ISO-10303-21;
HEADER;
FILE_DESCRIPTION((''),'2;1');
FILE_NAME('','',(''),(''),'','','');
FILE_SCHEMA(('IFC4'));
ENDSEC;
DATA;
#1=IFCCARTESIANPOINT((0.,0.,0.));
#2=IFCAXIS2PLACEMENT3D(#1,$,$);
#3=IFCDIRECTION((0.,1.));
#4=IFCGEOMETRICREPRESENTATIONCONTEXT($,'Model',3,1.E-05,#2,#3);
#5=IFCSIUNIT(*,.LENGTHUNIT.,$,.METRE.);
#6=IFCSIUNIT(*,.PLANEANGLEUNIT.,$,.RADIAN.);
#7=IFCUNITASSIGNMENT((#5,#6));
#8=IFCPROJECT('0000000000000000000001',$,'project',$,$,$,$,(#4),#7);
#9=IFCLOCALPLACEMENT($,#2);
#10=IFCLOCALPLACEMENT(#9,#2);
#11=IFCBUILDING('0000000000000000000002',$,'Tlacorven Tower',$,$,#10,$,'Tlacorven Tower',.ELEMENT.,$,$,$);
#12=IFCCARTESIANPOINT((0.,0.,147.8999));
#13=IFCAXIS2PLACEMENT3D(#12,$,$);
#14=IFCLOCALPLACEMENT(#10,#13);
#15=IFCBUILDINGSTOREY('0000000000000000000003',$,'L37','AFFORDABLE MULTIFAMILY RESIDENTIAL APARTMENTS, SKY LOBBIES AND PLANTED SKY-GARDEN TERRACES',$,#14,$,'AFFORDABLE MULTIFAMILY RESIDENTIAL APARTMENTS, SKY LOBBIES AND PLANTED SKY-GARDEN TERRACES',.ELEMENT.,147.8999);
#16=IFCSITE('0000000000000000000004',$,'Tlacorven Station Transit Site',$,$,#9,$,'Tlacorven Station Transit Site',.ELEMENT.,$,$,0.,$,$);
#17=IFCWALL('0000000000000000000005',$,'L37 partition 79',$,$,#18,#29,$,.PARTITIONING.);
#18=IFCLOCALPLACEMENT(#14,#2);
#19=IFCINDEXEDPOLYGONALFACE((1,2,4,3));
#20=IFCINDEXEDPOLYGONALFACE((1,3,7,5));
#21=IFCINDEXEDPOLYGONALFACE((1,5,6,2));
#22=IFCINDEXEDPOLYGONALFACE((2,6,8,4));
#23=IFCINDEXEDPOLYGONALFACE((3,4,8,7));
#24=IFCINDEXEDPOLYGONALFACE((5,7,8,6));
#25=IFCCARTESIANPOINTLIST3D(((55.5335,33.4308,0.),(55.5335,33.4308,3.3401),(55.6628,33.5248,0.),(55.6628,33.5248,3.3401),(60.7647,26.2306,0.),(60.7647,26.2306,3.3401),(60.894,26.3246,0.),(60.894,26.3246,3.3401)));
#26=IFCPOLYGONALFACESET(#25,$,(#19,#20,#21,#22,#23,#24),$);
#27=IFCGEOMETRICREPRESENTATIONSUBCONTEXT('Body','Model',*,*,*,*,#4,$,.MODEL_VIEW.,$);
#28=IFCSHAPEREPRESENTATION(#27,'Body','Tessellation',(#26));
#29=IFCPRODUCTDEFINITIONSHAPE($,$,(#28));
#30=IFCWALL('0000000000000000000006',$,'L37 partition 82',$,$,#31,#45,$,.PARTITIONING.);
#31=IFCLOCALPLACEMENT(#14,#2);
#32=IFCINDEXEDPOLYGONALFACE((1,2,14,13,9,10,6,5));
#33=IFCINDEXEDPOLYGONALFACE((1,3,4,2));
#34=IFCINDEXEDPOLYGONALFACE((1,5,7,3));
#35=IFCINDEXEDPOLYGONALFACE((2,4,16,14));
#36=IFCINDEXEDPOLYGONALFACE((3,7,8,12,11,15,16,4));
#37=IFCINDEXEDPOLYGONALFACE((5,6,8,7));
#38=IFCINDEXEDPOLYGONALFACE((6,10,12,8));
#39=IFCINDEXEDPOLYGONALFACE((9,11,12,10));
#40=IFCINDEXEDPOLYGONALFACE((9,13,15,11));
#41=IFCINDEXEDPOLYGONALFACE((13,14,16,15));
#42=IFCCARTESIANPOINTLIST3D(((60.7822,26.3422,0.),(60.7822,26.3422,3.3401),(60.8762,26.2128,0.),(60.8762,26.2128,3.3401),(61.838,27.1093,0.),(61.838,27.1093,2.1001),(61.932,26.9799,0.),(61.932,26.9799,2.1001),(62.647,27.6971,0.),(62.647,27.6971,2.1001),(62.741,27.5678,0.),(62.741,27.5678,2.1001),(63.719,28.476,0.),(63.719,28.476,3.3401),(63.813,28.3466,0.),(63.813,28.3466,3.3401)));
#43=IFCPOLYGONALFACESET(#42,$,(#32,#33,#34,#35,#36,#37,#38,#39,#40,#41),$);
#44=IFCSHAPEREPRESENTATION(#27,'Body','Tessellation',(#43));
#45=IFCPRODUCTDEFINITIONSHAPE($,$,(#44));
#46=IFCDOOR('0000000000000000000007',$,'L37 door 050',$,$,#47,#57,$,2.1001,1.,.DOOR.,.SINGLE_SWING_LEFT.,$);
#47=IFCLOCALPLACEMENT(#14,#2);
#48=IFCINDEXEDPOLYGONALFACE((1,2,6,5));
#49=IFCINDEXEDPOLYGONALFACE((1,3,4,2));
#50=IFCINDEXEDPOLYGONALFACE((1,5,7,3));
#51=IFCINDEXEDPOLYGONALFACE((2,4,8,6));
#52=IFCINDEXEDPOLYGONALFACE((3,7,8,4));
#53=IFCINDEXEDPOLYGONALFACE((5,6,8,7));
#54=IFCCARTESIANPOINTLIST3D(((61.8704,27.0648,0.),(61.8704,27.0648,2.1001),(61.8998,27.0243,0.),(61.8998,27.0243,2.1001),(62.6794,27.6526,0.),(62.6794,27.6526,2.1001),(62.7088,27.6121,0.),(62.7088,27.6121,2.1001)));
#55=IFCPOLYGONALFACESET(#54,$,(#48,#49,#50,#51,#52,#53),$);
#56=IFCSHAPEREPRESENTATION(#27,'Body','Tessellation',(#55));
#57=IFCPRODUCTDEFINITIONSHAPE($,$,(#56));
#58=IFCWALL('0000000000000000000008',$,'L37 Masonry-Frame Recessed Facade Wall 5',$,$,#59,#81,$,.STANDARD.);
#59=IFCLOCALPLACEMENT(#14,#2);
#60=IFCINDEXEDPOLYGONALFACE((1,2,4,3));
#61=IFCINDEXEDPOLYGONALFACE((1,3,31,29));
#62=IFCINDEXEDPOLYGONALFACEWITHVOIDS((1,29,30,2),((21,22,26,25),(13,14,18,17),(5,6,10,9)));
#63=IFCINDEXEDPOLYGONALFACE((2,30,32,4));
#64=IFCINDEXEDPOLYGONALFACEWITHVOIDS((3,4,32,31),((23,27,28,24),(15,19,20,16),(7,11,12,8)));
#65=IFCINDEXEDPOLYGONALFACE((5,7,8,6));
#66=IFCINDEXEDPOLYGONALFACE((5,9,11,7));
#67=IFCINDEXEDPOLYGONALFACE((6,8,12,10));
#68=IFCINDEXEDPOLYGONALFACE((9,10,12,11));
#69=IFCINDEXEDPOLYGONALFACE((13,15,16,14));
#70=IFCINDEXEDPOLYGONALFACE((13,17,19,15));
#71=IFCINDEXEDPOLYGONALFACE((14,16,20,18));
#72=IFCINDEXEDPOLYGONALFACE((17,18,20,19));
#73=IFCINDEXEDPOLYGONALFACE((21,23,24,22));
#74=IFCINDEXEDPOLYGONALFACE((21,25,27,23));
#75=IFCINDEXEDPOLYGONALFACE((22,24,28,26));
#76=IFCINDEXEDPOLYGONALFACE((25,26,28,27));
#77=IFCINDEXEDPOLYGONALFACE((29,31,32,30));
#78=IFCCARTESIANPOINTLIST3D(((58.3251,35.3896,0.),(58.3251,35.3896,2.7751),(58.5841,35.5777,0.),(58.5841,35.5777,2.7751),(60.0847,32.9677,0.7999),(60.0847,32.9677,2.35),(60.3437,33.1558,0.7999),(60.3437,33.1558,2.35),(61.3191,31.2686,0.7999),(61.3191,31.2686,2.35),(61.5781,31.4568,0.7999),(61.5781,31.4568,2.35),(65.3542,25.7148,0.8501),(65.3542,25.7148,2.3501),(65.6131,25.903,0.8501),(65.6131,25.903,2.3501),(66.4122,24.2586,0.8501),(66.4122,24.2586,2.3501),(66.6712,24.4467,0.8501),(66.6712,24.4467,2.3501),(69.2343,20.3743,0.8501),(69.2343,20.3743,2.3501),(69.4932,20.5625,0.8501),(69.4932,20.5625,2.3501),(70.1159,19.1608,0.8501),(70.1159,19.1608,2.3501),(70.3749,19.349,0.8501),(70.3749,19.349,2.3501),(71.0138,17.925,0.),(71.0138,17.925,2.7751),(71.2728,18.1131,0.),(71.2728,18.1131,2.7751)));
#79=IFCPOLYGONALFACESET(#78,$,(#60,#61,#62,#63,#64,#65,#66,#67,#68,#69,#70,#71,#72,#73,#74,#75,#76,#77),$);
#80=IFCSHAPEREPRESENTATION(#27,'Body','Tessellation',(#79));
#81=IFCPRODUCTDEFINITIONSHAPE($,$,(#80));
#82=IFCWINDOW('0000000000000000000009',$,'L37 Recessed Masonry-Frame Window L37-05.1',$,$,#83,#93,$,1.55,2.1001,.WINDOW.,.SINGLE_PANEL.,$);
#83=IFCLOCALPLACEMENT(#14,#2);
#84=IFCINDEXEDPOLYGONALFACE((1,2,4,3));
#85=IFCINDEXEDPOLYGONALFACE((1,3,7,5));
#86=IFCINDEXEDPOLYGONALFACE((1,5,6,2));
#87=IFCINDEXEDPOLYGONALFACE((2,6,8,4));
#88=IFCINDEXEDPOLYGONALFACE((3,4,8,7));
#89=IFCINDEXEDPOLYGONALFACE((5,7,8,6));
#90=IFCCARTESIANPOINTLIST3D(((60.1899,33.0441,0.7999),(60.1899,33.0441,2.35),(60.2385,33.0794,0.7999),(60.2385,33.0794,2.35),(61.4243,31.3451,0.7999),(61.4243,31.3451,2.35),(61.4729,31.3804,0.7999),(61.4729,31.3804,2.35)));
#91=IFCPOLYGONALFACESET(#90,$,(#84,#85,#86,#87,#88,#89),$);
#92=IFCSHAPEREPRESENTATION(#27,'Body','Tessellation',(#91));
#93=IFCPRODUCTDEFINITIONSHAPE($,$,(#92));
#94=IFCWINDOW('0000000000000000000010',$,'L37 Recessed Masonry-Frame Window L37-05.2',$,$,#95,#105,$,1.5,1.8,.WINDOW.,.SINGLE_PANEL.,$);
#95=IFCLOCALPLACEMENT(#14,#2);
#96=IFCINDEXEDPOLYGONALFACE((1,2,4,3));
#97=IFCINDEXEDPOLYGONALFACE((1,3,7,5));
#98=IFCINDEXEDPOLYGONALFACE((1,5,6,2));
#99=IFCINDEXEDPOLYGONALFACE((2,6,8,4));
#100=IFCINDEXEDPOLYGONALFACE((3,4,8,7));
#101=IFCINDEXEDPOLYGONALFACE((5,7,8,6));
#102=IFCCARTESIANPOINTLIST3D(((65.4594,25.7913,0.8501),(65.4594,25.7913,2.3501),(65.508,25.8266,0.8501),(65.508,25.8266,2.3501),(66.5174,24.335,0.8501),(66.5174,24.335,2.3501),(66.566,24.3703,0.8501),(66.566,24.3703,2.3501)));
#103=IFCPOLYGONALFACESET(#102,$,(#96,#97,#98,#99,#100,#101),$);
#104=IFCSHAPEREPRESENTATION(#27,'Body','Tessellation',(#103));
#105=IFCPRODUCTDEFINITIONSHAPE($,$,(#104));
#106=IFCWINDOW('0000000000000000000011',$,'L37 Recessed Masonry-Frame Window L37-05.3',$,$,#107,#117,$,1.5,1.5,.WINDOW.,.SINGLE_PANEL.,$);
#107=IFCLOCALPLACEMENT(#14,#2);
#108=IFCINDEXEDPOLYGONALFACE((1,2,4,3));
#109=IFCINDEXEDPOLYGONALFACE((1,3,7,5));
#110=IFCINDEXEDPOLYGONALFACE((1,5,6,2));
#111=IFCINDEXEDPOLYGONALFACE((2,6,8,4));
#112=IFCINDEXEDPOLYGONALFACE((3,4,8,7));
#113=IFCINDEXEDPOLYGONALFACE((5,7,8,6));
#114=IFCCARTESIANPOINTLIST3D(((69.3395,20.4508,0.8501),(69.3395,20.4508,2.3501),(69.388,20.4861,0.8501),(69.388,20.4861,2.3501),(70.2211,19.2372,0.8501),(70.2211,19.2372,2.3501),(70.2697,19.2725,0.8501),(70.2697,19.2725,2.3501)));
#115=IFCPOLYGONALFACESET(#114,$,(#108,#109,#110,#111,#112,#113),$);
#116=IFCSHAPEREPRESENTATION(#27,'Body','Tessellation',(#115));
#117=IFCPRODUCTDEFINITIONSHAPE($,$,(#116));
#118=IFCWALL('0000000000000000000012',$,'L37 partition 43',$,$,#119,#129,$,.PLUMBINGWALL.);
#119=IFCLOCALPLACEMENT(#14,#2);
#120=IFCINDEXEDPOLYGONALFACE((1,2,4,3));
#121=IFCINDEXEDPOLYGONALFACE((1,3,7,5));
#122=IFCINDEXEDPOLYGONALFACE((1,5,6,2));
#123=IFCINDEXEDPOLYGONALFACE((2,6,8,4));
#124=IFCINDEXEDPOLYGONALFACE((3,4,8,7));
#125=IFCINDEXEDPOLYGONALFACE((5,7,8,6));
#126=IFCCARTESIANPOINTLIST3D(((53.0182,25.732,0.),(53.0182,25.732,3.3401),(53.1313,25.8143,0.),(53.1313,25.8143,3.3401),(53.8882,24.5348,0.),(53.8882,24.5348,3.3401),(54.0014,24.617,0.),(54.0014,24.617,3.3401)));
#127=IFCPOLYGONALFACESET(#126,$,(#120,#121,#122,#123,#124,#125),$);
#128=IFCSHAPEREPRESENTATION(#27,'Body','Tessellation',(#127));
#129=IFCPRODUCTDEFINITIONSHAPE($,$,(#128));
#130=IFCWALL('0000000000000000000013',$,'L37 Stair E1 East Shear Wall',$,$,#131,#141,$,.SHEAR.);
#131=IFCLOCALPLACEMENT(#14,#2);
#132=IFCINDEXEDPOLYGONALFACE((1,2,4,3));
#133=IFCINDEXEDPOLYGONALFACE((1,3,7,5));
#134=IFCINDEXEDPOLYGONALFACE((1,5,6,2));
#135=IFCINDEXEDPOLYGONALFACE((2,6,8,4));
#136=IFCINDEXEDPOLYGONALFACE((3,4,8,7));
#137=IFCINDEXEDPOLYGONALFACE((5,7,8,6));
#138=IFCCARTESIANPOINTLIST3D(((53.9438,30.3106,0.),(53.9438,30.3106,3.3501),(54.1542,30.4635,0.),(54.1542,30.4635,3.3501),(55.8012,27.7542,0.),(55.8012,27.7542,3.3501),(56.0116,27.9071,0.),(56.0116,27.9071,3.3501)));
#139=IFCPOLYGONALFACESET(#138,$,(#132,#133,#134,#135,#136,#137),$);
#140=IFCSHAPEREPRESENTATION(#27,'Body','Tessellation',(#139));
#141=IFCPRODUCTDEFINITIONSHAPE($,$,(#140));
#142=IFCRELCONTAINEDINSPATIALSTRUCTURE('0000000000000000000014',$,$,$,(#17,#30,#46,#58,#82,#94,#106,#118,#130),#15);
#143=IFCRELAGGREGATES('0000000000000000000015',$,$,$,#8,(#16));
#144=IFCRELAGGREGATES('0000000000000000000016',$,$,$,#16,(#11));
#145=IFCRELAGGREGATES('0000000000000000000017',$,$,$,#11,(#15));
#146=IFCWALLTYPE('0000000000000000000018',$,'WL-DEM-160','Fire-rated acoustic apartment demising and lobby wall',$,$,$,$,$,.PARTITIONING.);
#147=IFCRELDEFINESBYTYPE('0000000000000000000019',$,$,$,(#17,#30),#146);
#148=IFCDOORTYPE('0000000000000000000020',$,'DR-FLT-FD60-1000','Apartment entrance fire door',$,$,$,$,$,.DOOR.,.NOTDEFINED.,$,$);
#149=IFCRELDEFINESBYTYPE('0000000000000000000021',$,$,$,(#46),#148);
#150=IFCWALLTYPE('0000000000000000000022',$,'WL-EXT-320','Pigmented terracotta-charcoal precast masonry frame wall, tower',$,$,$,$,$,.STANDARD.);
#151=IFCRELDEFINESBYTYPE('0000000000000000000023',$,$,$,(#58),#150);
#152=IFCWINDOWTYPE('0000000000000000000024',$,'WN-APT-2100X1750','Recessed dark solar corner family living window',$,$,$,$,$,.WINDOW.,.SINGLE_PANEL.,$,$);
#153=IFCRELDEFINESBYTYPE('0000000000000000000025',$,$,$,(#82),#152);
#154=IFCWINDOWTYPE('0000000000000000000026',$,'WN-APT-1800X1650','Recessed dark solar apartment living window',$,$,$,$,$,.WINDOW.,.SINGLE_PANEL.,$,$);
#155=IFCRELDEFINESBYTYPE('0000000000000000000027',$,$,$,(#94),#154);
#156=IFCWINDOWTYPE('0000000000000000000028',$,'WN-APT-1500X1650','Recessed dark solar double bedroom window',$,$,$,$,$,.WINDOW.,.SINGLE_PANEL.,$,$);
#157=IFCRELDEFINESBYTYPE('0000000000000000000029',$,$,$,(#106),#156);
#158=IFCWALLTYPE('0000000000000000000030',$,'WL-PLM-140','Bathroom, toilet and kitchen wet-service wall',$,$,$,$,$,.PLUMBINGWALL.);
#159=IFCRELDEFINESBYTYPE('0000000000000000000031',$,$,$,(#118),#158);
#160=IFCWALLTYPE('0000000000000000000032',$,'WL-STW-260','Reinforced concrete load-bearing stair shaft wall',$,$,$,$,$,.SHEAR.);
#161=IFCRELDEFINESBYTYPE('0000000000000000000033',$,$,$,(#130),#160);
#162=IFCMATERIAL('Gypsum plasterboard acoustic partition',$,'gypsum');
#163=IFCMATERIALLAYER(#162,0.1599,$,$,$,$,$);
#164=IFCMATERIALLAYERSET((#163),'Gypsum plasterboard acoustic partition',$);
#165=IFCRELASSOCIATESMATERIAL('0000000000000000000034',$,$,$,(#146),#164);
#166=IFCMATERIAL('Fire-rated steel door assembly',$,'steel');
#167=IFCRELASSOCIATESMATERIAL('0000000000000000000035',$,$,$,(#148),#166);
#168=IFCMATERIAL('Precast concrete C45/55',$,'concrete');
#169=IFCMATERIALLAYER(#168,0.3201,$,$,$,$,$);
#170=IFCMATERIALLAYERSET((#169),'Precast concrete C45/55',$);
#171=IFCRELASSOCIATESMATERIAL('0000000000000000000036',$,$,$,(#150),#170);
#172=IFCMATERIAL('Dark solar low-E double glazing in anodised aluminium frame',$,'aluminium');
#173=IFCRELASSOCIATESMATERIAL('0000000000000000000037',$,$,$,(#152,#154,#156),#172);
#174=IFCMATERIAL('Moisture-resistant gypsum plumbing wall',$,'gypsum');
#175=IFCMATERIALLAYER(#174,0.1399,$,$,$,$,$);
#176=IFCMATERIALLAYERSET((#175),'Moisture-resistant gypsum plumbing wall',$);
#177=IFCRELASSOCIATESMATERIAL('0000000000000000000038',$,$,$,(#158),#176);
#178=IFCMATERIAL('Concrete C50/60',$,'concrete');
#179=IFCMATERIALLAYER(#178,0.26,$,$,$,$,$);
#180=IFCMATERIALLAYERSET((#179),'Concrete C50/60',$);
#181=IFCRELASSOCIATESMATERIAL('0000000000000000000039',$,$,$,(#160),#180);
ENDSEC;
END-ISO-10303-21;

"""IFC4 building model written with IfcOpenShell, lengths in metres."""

from ifc_helpers import new_model, si_unit, direction, frame, frame_2d, origin, place, context, subcontext, project, spatial, rectangle, extrude, source, transform, mapped, material, layer, layer_set, type_object, element, fill, save


model = new_model("IFC4")

# Units and contexts
model_context = context("Model", 3, precision=1e-05, world=origin(), true_north=direction((0.0, 1.0)))
body_context = subcontext(model_context, "Body", "Model", "MODEL_VIEW")
ifc_project = project(units=[si_unit("LENGTHUNIT", "METRE"), si_unit("PLANEANGLEUNIT", "RADIAN")], contexts=[model_context])

# Site, building, storey
site_placement = place(None, origin())
site = spatial("IfcSite", under=ifc_project, at=site_placement, Name="Tlacorven Station Transit Site", LongName="Tlacorven Station Transit Site", CompositionType="ELEMENT", RefElevation=0.0)
building_placement = place(site_placement, origin())
building = spatial("IfcBuilding", under=site, at=building_placement, Name="Tlacorven Tower", LongName="Tlacorven Tower", CompositionType="ELEMENT")
storey_placement = place(building_placement, frame((0.0, 0.0, 147.8999)))
storey = spatial("IfcBuildingStorey", under=building, at=storey_placement, Name="L37", Description="AFFORDABLE MULTIFAMILY RESIDENTIAL APARTMENTS, SKY LOBBIES AND PLANTED SKY-GARDEN TERRACES", LongName="AFFORDABLE MULTIFAMILY RESIDENTIAL APARTMENTS, SKY LOBBIES AND PLANTED SKY-GARDEN TERRACES", CompositionType="ELEMENT", Elevation=147.8999)

# Shared definitions
ifc_material_1 = material(Name="Gypsum plasterboard acoustic partition", Category="gypsum")
ifc_layer_1 = layer(ifc_material_1, 0.1599)
ifc_layer_set_1 = layer_set([ifc_layer_1], Name="Gypsum plasterboard acoustic partition")
wall_type_1 = type_object("IfcWallType", Name="WL-DEM-160", Description="Fire-rated acoustic apartment demising and lobby wall", PredefinedType="PARTITIONING", material=ifc_layer_set_1)
ifc_material_2 = material(Name="Fire-rated steel door assembly", Category="steel")
door_type = type_object("IfcDoorType", Name="DR-FLT-FD60-1000", Description="Apartment entrance fire door", OperationType="NOTDEFINED", PredefinedType="DOOR", material=ifc_material_2)
shared_shape_1 = source(origin(), body_context, "Body", "SweptSolid", [
    extrude(rectangle(XDim=1.0, YDim=2.1001, at=frame_2d((0.5, 1.05))), frame((0.0, 0.0249, 0.0), z_axis=(0.0, -1.0, 0.0), x_axis=(1.0, 0.0, 0.0)), (0.0, 0.0, 1.0), 0.05),
])

# Wall
wall_1_placement = place(storey_placement, frame((60.8293, 26.2776, 0.0), z_axis=(0.0, 0.0, 1.0), x_axis=(-0.587782, 0.80902, 0.0)))
element("IfcWall", 1, at=wall_1_placement, inside=storey, type_object=wall_type_1, Name="L37 partition 79", PredefinedType="PARTITIONING", context=body_context, shape_type="SweptSolid", body=[
    extrude(rectangle(XDim=8.8999, YDim=0.1599, at=frame_2d((4.45, 0.0))), origin(), (0.0, 0.0, 1.0), 3.3401),
])

# Wall, opening, door
wall_2_placement = place(storey_placement, frame((60.8293, 26.2776, 0.0), z_axis=(0.0, 0.0, 1.0), x_axis=(0.809004, 0.587804, 0.0)))
wall_2 = element("IfcWall", 2, at=wall_2_placement, inside=storey, type_object=wall_type_1, Name="L37 partition 82", PredefinedType="PARTITIONING", context=body_context, shape_type="SweptSolid", body=[
    extrude(rectangle(XDim=3.6301, YDim=0.1599, at=frame_2d((1.8149, 0.0))), origin(), (0.0, 0.0, 1.0), 3.3401),
])
opening_1_placement = place(wall_2_placement, frame((1.3049, 0.0, 0.0)))
opening_1 = element("IfcOpeningElement", 3, at=opening_1_placement, cuts=wall_2, PredefinedType="OPENING", context=body_context, shape_type="SweptSolid", body=[
    extrude(rectangle(XDim=1.0, YDim=2.1001, at=frame_2d((0.5, 1.05))), frame((0.0, 0.0898, 0.0), z_axis=(0.0, -1.0, 0.0), x_axis=(1.0, 0.0, 0.0)), (0.0, 0.0, 1.0), 0.1799),
])
door_1_placement = place(opening_1_placement, origin())
door_1 = element("IfcDoor", 4, at=door_1_placement, inside=storey, type_object=door_type, Name="L37 door 050", OperationType="SINGLE_SWING_LEFT", OverallHeight=2.1001, OverallWidth=1.0, PredefinedType="DOOR", context=body_context, shape_type="MappedRepresentation", body=[
    mapped(shared_shape_1, transform((0.0, 0.0, 0.0), scale=1.0)),
])
fill(opening_1, door_1)

# Wall, openings, windows
ifc_material_3 = material(Name="Precast concrete C45/55", Category="concrete")
ifc_layer_2 = layer(ifc_material_3, 0.3201)
ifc_layer_set_2 = layer_set([ifc_layer_2], Name="Precast concrete C45/55")
wall_type_2 = type_object("IfcWallType", Name="WL-EXT-320", Description="Pigmented terracotta-charcoal precast masonry frame wall, tower", PredefinedType="STANDARD", material=ifc_layer_set_2)
wall_3_placement = place(storey_placement, frame((58.4546, 35.4836, 0.0), z_axis=(0.0, 0.0, 1.0), x_axis=(0.587784, -0.809018, 0.0)))
wall_3 = element("IfcWall", 5, at=wall_3_placement, inside=storey, type_object=wall_type_2, Name="L37 Masonry-Frame Recessed Facade Wall 5", PredefinedType="STANDARD", context=body_context, shape_type="SweptSolid", body=[
    extrude(rectangle(XDim=21.5874, YDim=0.3201, at=frame_2d((10.7937, 0.0))), origin(), (0.0, 0.0, 1.0), 2.7751),
])
opening_2_placement = place(wall_3_placement, frame((2.9937, 0.0, 0.8)))
opening_2 = element("IfcOpeningElement", 6, at=opening_2_placement, cuts=wall_3, PredefinedType="OPENING", context=body_context, shape_type="SweptSolid", body=[
    extrude(rectangle(XDim=2.1001, YDim=1.55, at=frame_2d((1.05, 0.7749))), frame((0.0, 0.1699, 0.0), z_axis=(0.0, -1.0, 0.0), x_axis=(1.0, 0.0, 0.0)), (0.0, 0.0, 1.0), 0.3401),
])
opening_3_placement = place(wall_3_placement, frame((11.9587, 0.0, 0.8501)))
opening_3 = element("IfcOpeningElement", 7, at=opening_3_placement, cuts=wall_3, PredefinedType="OPENING", context=body_context, shape_type="SweptSolid", body=[
    extrude(rectangle(XDim=1.8, YDim=1.5, at=frame_2d((0.8999, 0.75))), frame((0.0, 0.1699, 0.0), z_axis=(0.0, -1.0, 0.0), x_axis=(1.0, 0.0, 0.0)), (0.0, 0.0, 1.0), 0.3401),
])
opening_4_placement = place(wall_3_placement, frame((18.5598, 0.0, 0.8501)))
opening_4 = element("IfcOpeningElement", 8, at=opening_4_placement, cuts=wall_3, PredefinedType="OPENING", context=body_context, shape_type="SweptSolid", body=[
    extrude(rectangle(XDim=1.5, YDim=1.5, at=frame_2d((0.75, 0.75))), frame((0.0, 0.1699, 0.0), z_axis=(0.0, -1.0, 0.0), x_axis=(1.0, 0.0, 0.0)), (0.0, 0.0, 1.0), 0.3401),
])
ifc_material_4 = material(Name="Dark solar low-E double glazing in anodised aluminium frame", Category="aluminium")
window_type_1 = type_object("IfcWindowType", Name="WN-APT-2100X1750", Description="Recessed dark solar corner family living window", PartitioningType="SINGLE_PANEL", PredefinedType="WINDOW", material=ifc_material_4)
shared_shape_2 = source(origin(), body_context, "Body", "SweptSolid", [
    extrude(rectangle(XDim=2.1001, YDim=1.55, at=frame_2d((1.05, 0.7749))), frame((0.0, 0.03, 0.0), z_axis=(0.0, -1.0, 0.0), x_axis=(1.0, 0.0, 0.0)), (0.0, 0.0, 1.0), 0.0601),
])
window_1_placement = place(opening_2_placement, origin())
window_1 = element("IfcWindow", 9, at=window_1_placement, inside=storey, type_object=window_type_1, Name="L37 Recessed Masonry-Frame Window L37-05.1", OverallHeight=1.55, OverallWidth=2.1001, PartitioningType="SINGLE_PANEL", PredefinedType="WINDOW", context=body_context, shape_type="MappedRepresentation", body=[
    mapped(shared_shape_2, transform((0.0, 0.0, 0.0), scale=1.0)),
])
fill(opening_2, window_1)
window_type_2 = type_object("IfcWindowType", Name="WN-APT-1800X1650", Description="Recessed dark solar apartment living window", PartitioningType="SINGLE_PANEL", PredefinedType="WINDOW", material=ifc_material_4)
shared_shape_3 = source(origin(), body_context, "Body", "SweptSolid", [
    extrude(rectangle(XDim=1.8, YDim=1.5, at=frame_2d((0.8999, 0.75))), frame((0.0, 0.03, 0.0), z_axis=(0.0, -1.0, 0.0), x_axis=(1.0, 0.0, 0.0)), (0.0, 0.0, 1.0), 0.0601),
])
window_2_placement = place(opening_3_placement, origin())
window_2 = element("IfcWindow", 10, at=window_2_placement, inside=storey, type_object=window_type_2, Name="L37 Recessed Masonry-Frame Window L37-05.2", OverallHeight=1.5, OverallWidth=1.8, PartitioningType="SINGLE_PANEL", PredefinedType="WINDOW", context=body_context, shape_type="MappedRepresentation", body=[
    mapped(shared_shape_3, transform((0.0, 0.0, 0.0), scale=1.0)),
])
fill(opening_3, window_2)
window_type_3 = type_object("IfcWindowType", Name="WN-APT-1500X1650", Description="Recessed dark solar double bedroom window", PartitioningType="SINGLE_PANEL", PredefinedType="WINDOW", material=ifc_material_4)
shared_shape_4 = source(origin(), body_context, "Body", "SweptSolid", [
    extrude(rectangle(XDim=1.5, YDim=1.5, at=frame_2d((0.75, 0.75))), frame((0.0, 0.03, 0.0), z_axis=(0.0, -1.0, 0.0), x_axis=(1.0, 0.0, 0.0)), (0.0, 0.0, 1.0), 0.0601),
])
window_3_placement = place(opening_4_placement, origin())
window_3 = element("IfcWindow", 11, at=window_3_placement, inside=storey, type_object=window_type_3, Name="L37 Recessed Masonry-Frame Window L37-05.3", OverallHeight=1.5, OverallWidth=1.5, PartitioningType="SINGLE_PANEL", PredefinedType="WINDOW", context=body_context, shape_type="MappedRepresentation", body=[
    mapped(shared_shape_4, transform((0.0, 0.0, 0.0), scale=1.0)),
])
fill(opening_4, window_3)

# Walls
ifc_material_5 = material(Name="Moisture-resistant gypsum plumbing wall", Category="gypsum")
ifc_layer_3 = layer(ifc_material_5, 0.1399)
ifc_layer_set_3 = layer_set([ifc_layer_3], Name="Moisture-resistant gypsum plumbing wall")
wall_type_3 = type_object("IfcWallType", Name="WL-PLM-140", Description="Bathroom, toilet and kitchen wet-service wall", PredefinedType="PLUMBINGWALL", material=ifc_layer_set_3)
wall_4_placement = place(storey_placement, frame((53.9448, 24.5759, 0.0), z_axis=(0.0, 0.0, 1.0), x_axis=(-0.587897, 0.808936, 0.0)))
element("IfcWall", 12, at=wall_4_placement, inside=storey, type_object=wall_type_3, Name="L37 partition 43", PredefinedType="PLUMBINGWALL", context=body_context, shape_type="SweptSolid", body=[
    extrude(rectangle(XDim=1.48, YDim=0.1399, at=frame_2d((0.74, 0.0))), origin(), (0.0, 0.0, 1.0), 3.3401),
])
ifc_material_6 = material(Name="Concrete C50/60", Category="concrete")
ifc_layer_4 = layer(ifc_material_6, 0.26)
ifc_layer_set_4 = layer_set([ifc_layer_4], Name="Concrete C50/60")
wall_type_4 = type_object("IfcWallType", Name="WL-STW-260", Description="Reinforced concrete load-bearing stair shaft wall", PredefinedType="SHEAR", material=ifc_layer_set_4)
wall_5_placement = place(storey_placement, frame((55.9065, 27.8306, 0.0), z_axis=(0.0, 0.0, 1.0), x_axis=(-0.587804, 0.809003, 0.0)))
element("IfcWall", 13, at=wall_5_placement, inside=storey, type_object=wall_type_4, Name="L37 Stair E1 East Shear Wall", PredefinedType="SHEAR", context=body_context, shape_type="SweptSolid", body=[
    extrude(rectangle(XDim=3.1599, YDim=0.26, at=frame_2d((1.5801, 0.0))), origin(), (0.0, 0.0, 1.0), 3.3501),
])

save(model, "model.ifc")
